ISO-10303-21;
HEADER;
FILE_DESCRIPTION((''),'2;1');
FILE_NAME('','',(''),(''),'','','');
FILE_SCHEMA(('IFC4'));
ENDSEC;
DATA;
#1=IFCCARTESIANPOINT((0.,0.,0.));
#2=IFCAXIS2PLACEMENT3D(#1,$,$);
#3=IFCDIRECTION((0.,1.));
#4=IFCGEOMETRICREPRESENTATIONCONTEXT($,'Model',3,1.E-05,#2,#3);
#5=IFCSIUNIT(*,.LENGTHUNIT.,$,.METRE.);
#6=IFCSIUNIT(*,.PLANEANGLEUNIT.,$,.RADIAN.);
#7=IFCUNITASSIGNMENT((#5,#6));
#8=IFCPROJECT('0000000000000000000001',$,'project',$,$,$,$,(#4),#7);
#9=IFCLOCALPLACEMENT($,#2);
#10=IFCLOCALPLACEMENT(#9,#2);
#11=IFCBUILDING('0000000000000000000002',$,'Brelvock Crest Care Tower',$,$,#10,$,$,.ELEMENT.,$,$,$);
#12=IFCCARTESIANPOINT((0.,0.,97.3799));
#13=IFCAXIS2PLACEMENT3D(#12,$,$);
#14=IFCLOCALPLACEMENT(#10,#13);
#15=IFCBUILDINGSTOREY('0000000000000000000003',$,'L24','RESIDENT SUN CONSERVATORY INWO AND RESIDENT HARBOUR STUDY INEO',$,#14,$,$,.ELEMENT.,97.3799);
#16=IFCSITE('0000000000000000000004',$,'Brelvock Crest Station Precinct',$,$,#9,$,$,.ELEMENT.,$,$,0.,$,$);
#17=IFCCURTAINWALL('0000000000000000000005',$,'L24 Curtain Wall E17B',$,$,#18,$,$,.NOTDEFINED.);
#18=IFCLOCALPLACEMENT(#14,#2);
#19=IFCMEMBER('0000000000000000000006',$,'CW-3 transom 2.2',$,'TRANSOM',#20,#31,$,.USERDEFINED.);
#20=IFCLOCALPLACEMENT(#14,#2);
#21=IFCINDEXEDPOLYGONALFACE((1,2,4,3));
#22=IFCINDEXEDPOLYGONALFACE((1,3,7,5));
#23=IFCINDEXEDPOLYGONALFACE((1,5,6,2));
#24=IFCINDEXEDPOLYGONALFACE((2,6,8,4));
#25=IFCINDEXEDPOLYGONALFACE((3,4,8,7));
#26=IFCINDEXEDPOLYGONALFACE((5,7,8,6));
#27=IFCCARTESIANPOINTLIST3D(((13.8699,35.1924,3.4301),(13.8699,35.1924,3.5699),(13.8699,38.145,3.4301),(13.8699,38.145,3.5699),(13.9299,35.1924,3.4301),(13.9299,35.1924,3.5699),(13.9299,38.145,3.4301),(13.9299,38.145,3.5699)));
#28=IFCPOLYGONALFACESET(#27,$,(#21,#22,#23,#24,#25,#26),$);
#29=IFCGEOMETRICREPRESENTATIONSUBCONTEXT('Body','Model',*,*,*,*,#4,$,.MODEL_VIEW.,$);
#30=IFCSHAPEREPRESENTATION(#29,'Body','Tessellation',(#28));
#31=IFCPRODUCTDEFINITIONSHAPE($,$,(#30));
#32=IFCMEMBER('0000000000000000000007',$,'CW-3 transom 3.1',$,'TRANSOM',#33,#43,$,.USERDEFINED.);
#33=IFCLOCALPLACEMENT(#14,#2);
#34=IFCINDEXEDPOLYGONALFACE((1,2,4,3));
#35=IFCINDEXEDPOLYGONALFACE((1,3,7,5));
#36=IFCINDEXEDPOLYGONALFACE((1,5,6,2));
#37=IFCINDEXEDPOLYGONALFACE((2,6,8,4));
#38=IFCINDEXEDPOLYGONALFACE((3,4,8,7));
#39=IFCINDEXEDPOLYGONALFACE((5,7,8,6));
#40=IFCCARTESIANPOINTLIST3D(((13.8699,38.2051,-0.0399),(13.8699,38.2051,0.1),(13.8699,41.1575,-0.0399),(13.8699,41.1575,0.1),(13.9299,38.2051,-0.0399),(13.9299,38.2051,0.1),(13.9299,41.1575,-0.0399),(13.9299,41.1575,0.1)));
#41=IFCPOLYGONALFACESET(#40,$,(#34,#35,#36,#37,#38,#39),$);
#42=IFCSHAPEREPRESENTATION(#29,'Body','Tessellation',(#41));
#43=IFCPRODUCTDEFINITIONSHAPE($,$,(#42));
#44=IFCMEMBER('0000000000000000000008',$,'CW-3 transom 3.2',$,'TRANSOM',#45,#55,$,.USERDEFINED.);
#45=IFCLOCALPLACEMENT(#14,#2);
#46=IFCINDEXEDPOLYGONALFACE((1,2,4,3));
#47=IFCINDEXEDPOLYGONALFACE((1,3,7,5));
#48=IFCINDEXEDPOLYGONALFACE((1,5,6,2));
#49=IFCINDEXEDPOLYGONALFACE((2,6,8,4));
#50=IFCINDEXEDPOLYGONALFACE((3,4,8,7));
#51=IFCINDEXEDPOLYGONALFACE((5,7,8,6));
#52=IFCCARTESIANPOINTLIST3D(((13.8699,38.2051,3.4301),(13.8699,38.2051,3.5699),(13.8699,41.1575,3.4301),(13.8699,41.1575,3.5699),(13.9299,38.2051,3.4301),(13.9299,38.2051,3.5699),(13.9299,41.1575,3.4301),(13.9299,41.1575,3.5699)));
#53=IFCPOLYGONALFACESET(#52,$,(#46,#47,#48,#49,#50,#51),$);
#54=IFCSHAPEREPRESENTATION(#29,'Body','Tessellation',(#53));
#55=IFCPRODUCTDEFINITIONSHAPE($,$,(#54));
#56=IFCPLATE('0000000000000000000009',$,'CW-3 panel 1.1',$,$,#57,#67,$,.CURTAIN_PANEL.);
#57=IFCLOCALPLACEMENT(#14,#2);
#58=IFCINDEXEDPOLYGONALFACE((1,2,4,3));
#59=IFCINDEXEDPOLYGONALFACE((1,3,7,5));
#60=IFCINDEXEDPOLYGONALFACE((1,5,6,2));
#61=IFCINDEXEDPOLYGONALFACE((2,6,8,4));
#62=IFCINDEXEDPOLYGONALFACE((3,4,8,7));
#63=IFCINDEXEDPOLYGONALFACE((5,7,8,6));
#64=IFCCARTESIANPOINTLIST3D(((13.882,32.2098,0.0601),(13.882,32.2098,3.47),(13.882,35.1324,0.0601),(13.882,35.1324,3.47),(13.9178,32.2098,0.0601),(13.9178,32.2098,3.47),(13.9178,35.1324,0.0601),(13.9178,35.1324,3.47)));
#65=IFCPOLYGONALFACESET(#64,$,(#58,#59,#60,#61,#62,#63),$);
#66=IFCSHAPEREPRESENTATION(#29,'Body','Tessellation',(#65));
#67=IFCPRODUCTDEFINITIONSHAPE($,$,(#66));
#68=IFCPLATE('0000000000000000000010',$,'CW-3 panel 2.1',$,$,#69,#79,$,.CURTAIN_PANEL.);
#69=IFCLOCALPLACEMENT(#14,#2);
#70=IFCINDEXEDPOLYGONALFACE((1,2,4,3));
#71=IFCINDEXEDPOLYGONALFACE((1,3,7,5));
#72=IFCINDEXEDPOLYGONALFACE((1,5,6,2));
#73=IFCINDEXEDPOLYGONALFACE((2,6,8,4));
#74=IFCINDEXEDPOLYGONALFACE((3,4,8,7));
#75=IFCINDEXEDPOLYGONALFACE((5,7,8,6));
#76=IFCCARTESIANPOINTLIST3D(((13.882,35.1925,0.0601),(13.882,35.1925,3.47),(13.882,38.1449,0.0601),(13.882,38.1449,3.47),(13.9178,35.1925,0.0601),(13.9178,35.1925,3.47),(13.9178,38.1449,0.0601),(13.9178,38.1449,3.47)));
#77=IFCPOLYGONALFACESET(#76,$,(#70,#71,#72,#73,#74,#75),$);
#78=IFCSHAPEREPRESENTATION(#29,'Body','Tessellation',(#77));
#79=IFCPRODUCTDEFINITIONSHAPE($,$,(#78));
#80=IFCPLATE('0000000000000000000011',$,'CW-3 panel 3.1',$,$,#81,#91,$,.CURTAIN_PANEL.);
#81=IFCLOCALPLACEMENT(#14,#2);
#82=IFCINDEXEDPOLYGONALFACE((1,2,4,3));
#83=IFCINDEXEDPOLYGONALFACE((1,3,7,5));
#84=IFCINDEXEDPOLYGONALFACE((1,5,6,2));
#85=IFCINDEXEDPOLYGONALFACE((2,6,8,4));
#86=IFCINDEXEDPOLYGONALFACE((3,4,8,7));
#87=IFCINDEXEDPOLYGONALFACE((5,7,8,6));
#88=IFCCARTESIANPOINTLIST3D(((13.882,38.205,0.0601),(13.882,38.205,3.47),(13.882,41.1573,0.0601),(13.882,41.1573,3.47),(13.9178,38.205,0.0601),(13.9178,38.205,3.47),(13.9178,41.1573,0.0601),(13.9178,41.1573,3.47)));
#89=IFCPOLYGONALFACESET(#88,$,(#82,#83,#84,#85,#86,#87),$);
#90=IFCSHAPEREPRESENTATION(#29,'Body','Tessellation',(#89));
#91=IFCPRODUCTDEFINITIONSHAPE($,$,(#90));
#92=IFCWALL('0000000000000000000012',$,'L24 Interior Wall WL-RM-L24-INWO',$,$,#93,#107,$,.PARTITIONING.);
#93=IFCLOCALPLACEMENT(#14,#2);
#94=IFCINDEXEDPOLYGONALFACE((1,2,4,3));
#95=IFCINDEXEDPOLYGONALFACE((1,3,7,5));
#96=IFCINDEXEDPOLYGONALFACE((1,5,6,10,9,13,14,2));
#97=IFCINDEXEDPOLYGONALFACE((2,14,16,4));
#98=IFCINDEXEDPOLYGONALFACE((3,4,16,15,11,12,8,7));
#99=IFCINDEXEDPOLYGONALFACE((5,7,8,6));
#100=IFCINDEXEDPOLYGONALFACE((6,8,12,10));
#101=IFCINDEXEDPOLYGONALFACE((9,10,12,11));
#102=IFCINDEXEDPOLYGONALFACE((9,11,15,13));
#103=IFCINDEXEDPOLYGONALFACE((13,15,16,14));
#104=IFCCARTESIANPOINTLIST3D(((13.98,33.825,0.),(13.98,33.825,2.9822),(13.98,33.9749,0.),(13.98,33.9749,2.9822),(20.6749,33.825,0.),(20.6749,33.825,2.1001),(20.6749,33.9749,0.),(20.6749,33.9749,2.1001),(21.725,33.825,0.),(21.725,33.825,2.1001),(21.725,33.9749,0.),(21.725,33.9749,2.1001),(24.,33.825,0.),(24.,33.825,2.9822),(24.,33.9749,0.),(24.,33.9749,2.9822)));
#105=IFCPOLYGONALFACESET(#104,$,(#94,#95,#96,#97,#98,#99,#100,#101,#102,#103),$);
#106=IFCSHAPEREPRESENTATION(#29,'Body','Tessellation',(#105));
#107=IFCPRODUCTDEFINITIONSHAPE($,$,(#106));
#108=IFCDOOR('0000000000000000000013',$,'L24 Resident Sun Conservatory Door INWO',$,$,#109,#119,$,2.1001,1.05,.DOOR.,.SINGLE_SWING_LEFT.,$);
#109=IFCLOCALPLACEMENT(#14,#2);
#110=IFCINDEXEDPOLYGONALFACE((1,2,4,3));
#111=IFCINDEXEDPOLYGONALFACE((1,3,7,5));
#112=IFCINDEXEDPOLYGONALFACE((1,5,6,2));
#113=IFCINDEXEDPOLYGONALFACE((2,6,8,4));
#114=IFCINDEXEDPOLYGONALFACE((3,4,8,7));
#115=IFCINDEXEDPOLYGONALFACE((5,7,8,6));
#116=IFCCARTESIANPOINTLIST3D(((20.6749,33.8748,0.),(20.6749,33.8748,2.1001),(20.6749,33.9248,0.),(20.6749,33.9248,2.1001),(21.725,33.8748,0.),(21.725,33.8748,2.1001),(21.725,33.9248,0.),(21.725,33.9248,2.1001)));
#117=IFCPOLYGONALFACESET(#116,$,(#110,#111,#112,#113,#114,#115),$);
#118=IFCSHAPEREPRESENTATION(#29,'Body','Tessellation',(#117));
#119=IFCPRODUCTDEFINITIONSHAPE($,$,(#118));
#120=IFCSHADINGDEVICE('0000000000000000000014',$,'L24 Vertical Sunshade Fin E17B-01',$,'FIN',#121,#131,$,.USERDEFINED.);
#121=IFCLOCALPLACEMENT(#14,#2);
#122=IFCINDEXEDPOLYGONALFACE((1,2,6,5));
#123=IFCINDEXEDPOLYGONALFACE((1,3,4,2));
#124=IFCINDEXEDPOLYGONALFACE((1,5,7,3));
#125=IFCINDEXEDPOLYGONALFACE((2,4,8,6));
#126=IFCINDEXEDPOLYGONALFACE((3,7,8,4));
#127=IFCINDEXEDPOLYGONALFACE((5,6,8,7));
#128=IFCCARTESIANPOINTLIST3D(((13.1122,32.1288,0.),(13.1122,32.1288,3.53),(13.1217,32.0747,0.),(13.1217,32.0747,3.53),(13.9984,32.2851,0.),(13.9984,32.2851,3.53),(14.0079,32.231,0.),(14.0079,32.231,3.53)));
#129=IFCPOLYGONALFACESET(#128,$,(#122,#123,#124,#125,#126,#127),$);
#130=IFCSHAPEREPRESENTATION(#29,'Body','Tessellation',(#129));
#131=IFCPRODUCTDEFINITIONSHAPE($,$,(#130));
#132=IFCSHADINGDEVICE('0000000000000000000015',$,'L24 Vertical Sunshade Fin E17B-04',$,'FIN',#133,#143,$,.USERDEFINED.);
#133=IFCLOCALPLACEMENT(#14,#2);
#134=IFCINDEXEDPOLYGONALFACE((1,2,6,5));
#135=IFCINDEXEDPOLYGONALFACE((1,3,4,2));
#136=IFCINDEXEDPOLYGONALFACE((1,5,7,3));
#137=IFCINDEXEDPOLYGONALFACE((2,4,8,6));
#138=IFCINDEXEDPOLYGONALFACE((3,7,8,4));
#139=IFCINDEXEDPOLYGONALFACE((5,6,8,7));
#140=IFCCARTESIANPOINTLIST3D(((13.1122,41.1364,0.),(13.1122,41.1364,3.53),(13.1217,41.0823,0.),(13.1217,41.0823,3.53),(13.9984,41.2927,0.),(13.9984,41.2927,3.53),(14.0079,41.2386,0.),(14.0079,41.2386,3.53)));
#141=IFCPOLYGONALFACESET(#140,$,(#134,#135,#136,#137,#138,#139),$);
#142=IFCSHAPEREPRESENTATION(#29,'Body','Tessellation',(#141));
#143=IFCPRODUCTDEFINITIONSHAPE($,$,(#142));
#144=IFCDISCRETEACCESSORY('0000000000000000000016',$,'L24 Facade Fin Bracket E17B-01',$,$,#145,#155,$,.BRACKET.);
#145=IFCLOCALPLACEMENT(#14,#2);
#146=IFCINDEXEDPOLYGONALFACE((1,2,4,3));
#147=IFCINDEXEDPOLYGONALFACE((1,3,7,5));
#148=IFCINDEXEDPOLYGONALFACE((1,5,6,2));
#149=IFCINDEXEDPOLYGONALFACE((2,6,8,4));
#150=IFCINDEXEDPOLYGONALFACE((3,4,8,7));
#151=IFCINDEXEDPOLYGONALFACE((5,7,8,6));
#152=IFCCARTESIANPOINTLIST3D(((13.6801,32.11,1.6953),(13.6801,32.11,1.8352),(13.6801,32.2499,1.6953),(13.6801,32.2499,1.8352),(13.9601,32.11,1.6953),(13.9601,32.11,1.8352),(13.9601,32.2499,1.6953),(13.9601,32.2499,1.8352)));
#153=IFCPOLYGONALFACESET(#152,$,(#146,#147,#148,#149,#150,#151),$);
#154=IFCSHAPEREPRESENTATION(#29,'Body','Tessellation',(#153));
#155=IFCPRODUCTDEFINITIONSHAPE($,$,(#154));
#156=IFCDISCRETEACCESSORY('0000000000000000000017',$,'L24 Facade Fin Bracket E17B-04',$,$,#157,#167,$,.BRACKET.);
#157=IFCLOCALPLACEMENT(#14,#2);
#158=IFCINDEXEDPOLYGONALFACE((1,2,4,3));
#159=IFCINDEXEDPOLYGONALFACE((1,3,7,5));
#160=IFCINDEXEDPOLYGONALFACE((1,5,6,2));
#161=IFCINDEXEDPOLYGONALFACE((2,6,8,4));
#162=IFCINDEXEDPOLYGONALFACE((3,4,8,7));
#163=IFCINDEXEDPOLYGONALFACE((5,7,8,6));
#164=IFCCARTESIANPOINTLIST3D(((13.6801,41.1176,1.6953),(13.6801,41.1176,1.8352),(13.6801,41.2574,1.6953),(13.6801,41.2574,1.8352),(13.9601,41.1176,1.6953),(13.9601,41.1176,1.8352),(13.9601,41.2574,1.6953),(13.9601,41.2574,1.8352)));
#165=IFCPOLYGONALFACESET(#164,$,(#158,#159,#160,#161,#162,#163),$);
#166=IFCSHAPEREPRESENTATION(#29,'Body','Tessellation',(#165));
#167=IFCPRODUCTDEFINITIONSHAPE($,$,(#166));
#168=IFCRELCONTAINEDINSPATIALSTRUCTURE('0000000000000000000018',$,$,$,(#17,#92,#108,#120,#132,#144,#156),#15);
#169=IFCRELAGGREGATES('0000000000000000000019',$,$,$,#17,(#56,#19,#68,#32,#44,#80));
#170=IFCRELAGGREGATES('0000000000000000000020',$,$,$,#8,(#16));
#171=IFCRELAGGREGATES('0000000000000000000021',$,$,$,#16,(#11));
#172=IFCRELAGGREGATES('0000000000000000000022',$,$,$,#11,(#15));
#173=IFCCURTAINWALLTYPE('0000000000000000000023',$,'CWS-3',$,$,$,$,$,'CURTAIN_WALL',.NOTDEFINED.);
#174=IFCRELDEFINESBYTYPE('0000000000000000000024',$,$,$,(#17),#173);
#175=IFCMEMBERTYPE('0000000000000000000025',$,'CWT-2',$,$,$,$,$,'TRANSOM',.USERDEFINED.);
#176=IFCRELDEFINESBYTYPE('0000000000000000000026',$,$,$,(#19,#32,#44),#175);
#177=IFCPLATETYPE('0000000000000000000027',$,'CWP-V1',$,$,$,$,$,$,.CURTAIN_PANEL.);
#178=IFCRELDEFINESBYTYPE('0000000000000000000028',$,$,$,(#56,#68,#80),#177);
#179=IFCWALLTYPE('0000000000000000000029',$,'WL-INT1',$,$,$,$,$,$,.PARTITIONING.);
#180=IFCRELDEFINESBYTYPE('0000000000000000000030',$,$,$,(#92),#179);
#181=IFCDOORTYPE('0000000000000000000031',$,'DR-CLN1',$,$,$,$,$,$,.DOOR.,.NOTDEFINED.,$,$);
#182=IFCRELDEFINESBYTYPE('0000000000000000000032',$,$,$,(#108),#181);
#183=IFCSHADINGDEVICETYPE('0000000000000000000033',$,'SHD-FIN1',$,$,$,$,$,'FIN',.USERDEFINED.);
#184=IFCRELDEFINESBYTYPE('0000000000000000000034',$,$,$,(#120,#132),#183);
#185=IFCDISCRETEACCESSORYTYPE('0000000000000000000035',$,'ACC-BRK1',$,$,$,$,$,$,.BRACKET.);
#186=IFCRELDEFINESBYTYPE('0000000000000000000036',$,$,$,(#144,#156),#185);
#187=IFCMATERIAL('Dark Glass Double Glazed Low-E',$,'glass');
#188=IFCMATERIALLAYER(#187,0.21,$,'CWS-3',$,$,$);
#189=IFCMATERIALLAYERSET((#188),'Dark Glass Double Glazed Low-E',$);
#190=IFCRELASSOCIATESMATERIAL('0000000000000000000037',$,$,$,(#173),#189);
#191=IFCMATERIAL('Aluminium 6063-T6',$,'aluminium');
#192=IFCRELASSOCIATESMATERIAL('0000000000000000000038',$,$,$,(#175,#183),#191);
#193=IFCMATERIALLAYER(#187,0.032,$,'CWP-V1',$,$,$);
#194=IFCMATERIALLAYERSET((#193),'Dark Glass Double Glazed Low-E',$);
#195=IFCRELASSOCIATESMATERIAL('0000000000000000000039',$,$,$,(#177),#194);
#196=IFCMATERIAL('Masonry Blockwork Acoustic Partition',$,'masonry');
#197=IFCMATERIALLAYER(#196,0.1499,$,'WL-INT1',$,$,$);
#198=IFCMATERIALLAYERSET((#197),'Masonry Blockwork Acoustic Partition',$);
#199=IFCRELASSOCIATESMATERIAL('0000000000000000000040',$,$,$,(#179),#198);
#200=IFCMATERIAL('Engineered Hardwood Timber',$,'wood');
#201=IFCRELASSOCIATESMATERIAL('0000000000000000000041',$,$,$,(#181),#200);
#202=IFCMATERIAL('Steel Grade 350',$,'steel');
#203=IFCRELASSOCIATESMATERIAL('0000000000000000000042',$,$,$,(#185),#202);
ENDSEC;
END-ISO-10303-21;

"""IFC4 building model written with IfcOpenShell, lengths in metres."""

from ifc_helpers import new_model, si_unit, direction, frame, frame_2d, origin, origin_2d, place, context, subcontext, project, spatial, rectangle, extrude, source, transform, mapped, material, layer, layer_set, material_profile, profile_set, type_object, element, fill, aggregate, save


model = new_model("IFC4")

# Units and contexts
model_context = context("Model", 3, precision=1e-05, world=origin(), true_north=direction((0.0, 1.0)))
body_context = subcontext(model_context, "Body", "Model", "MODEL_VIEW")
ifc_project = project(units=[si_unit("LENGTHUNIT", "METRE"), si_unit("PLANEANGLEUNIT", "RADIAN")], contexts=[model_context])

# Site, building, storey
site_placement = place(None, origin())
site = spatial("IfcSite", under=ifc_project, at=site_placement, Name="Brelvock Crest Station Precinct", CompositionType="ELEMENT", RefElevation=0.0)
building_placement = place(site_placement, origin())
building = spatial("IfcBuilding", under=site, at=building_placement, Name="Brelvock Crest Care Tower", CompositionType="ELEMENT")
storey_placement = place(building_placement, frame((0.0, 0.0, 97.3799)))
storey = spatial("IfcBuildingStorey", under=building, at=storey_placement, Name="L24", Description="RESIDENT SUN CONSERVATORY INWO AND RESIDENT HARBOUR STUDY INEO", CompositionType="ELEMENT", Elevation=97.3799)

# Shared definitions
ifc_material_1 = material(Name="Steel Grade 350", Category="steel")

# Curtain wall, members, plates
ifc_material_2 = material(Name="Dark Glass Double Glazed Low-E", Category="glass")
ifc_layer_1 = layer(ifc_material_2, 0.21, Name="CWS-3")
ifc_layer_set_1 = layer_set([ifc_layer_1], Name="Dark Glass Double Glazed Low-E")
curtain_wall_type = type_object("IfcCurtainWallType", Name="CWS-3", ElementType="CURTAIN_WALL", PredefinedType="NOTDEFINED", material=ifc_layer_set_1)
curtain_wall_placement = place(storey_placement, origin())
curtain_wall = element("IfcCurtainWall", 1, at=curtain_wall_placement, inside=storey, type_object=curtain_wall_type, Name="L24 Curtain Wall E17B", PredefinedType="NOTDEFINED")
ifc_material_3 = material(Name="Aluminium 6063-T6", Category="aluminium")
ifc_material_profile_1 = material_profile(ifc_material_3, rectangle(XDim=0.0601, YDim=0.1399, at=origin_2d()), Name="ALU60x140")
ifc_profile_set_1 = profile_set([ifc_material_profile_1], Name="Aluminium 6063-T6")
member_type_1 = type_object("IfcMemberType", Name="CWT-2", ElementType="TRANSOM", PredefinedType="USERDEFINED", material=ifc_profile_set_1)
shared_shape_1 = source(origin(), body_context, "Body", "SweptSolid", [
    extrude(rectangle(XDim=0.0601, YDim=0.1399, at=origin_2d()), origin(), (0.0, 0.0, 1.0), 2.9526),
])
member_1_placement = place(storey_placement, frame((13.8999, 35.1924, 3.5), z_axis=(0.0, 1.0, 0.0), x_axis=(-1.0, 0.0, 0.0)))
member_1 = element("IfcMember", 2, at=member_1_placement, type_object=member_type_1, Name="CW-3 transom 2.2", ObjectType="TRANSOM", PredefinedType="USERDEFINED", context=body_context, shape_type="MappedRepresentation", body=[
    mapped(shared_shape_1, transform((0.0, 0.0, 0.0), x_axis=(1.0, 0.0, 0.0), y_axis=(0.0, 1.0, 0.0), z_axis=(0.0, 0.0, 1.0), scale=1.0)),
])
shared_shape_2 = source(origin(), body_context, "Body", "SweptSolid", [
    extrude(rectangle(XDim=0.0601, YDim=0.1399, at=origin_2d()), origin(), (0.0, 0.0, 1.0), 2.9524),
])
member_2_placement = place(storey_placement, frame((13.8999, 38.2051, 0.03), z_axis=(0.0, 1.0, 0.0), x_axis=(-1.0, 0.0, 0.0)))
member_2 = element("IfcMember", 3, at=member_2_placement, type_object=member_type_1, Name="CW-3 transom 3.1", ObjectType="TRANSOM", PredefinedType="USERDEFINED", context=body_context, shape_type="MappedRepresentation", body=[
    mapped(shared_shape_2, transform((0.0, 0.0, 0.0), x_axis=(1.0, 0.0, 0.0), y_axis=(0.0, 1.0, 0.0), z_axis=(0.0, 0.0, 1.0), scale=1.0)),
])
member_3_placement = place(storey_placement, frame((13.8999, 38.2051, 3.5), z_axis=(0.0, 1.0, 0.0), x_axis=(-1.0, 0.0, 0.0)))
member_3 = element("IfcMember", 4, at=member_3_placement, type_object=member_type_1, Name="CW-3 transom 3.2", ObjectType="TRANSOM", PredefinedType="USERDEFINED", context=body_context, shape_type="MappedRepresentation", body=[
    mapped(shared_shape_2, transform((0.0, 0.0, 0.0), x_axis=(1.0, 0.0, 0.0), y_axis=(0.0, 1.0, 0.0), z_axis=(0.0, 0.0, 1.0), scale=1.0)),
])
ifc_layer_2 = layer(ifc_material_2, 0.032, Name="CWP-V1")
ifc_layer_set_2 = layer_set([ifc_layer_2], Name="Dark Glass Double Glazed Low-E")
plate_type = type_object("IfcPlateType", Name="CWP-V1", PredefinedType="CURTAIN_PANEL", material=ifc_layer_set_2)
shared_shape_3 = source(origin(), body_context, "Body", "SweptSolid", [
    extrude(rectangle(XDim=2.9226, YDim=0.0359, at=origin_2d()), origin(), (0.0, 0.0, 1.0), 3.4099),
])
plate_1_placement = place(storey_placement, frame((13.8999, 33.6711, 0.0601), z_axis=(0.0, 0.0, 1.0), x_axis=(0.0, 1.0, 0.0)))
plate_1 = element("IfcPlate", 5, at=plate_1_placement, type_object=plate_type, Name="CW-3 panel 1.1", PredefinedType="CURTAIN_PANEL", context=body_context, shape_type="MappedRepresentation", body=[
    mapped(shared_shape_3, transform((0.0, 0.0, 0.0), x_axis=(1.0, 0.0, 0.0), y_axis=(0.0, 1.0, 0.0), z_axis=(0.0, 0.0, 1.0), scale=1.0)),
])
shared_shape_4 = source(origin(), body_context, "Body", "SweptSolid", [
    extrude(rectangle(XDim=2.9524, YDim=0.0359, at=origin_2d()), origin(), (0.0, 0.0, 1.0), 3.4099),
])
plate_2_placement = place(storey_placement, frame((13.8999, 36.6687, 0.0601), z_axis=(0.0, 0.0, 1.0), x_axis=(0.0, 1.0, 0.0)))
plate_2 = element("IfcPlate", 6, at=plate_2_placement, type_object=plate_type, Name="CW-3 panel 2.1", PredefinedType="CURTAIN_PANEL", context=body_context, shape_type="MappedRepresentation", body=[
    mapped(shared_shape_4, transform((0.0, 0.0, 0.0), x_axis=(1.0, 0.0, 0.0), y_axis=(0.0, 1.0, 0.0), z_axis=(0.0, 0.0, 1.0), scale=1.0)),
])
plate_3_placement = place(storey_placement, frame((13.8999, 39.6812, 0.0601), z_axis=(0.0, 0.0, 1.0), x_axis=(0.0, 1.0, 0.0)))
plate_3 = element("IfcPlate", 7, at=plate_3_placement, type_object=plate_type, Name="CW-3 panel 3.1", PredefinedType="CURTAIN_PANEL", context=body_context, shape_type="MappedRepresentation", body=[
    mapped(shared_shape_4, transform((0.0, 0.0, 0.0), x_axis=(1.0, 0.0, 0.0), y_axis=(0.0, 1.0, 0.0), z_axis=(0.0, 0.0, 1.0), scale=1.0)),
])
aggregate(curtain_wall, [plate_1, member_1, plate_2, member_2, member_3, plate_3])

# Wall, opening, door
ifc_material_4 = material(Name="Masonry Blockwork Acoustic Partition", Category="masonry")
ifc_layer_3 = layer(ifc_material_4, 0.1499, Name="WL-INT1")
ifc_layer_set_3 = layer_set([ifc_layer_3], Name="Masonry Blockwork Acoustic Partition")
wall_type = type_object("IfcWallType", Name="WL-INT1", PredefinedType="PARTITIONING", material=ifc_layer_set_3)
wall_placement = place(storey_placement, frame((13.98, 33.8999, 0.0), z_axis=(0.0, 0.0, 1.0), x_axis=(1.0, 0.0, 0.0)))
wall = element("IfcWall", 8, at=wall_placement, inside=storey, type_object=wall_type, Name="L24 Interior Wall WL-RM-L24-INWO", PredefinedType="PARTITIONING", context=body_context, shape_type="SweptSolid", body=[
    extrude(rectangle(XDim=10.02, YDim=0.1499, at=frame_2d((5.01, 0.0))), origin(), (0.0, 0.0, 1.0), 2.9822),
])
opening_placement = place(wall_placement, frame((6.6951, 0.0, 0.0)))
opening = element("IfcOpeningElement", 9, at=opening_placement, cuts=wall, PredefinedType="OPENING", context=body_context, shape_type="SweptSolid", body=[
    extrude(rectangle(XDim=1.05, YDim=2.1001, at=origin_2d()), frame((0.5249, 0.085, 1.05), z_axis=(0.0, -1.0, 0.0), x_axis=(1.0, 0.0, 0.0)), (0.0, 0.0, 1.0), 0.1699),
])
ifc_material_5 = material(Name="Engineered Hardwood Timber", Category="wood")
door_type = type_object("IfcDoorType", Name="DR-CLN1", OperationType="NOTDEFINED", PredefinedType="DOOR", material=ifc_material_5)
shared_shape_5 = source(origin(), body_context, "Body", "SweptSolid", [
    extrude(rectangle(XDim=1.05, YDim=2.1001, at=origin_2d()), frame((0.5249, 0.0249, 1.05), z_axis=(0.0, -1.0, 0.0), x_axis=(1.0, 0.0, 0.0)), (0.0, 0.0, 1.0), 0.05),
])
door_placement = place(opening_placement, origin())
door = element("IfcDoor", 10, at=door_placement, inside=storey, type_object=door_type, Name="L24 Resident Sun Conservatory Door INWO", OperationType="SINGLE_SWING_LEFT", OverallHeight=2.1001, OverallWidth=1.05, PredefinedType="DOOR", context=body_context, shape_type="MappedRepresentation", body=[
    mapped(shared_shape_5, transform((0.0, 0.0, 0.0), x_axis=(1.0, 0.0, 0.0), y_axis=(0.0, 1.0, 0.0), z_axis=(0.0, 0.0, 1.0), scale=1.0)),
])
fill(opening, door)

# Shading devices
ifc_material_profile_2 = material_profile(ifc_material_3, rectangle(XDim=0.0549, YDim=0.8999, at=origin_2d()), Name="FIN55x900")
ifc_profile_set_2 = profile_set([ifc_material_profile_2], Name="Aluminium 6063-T6")
shading_device_type = type_object("IfcShadingDeviceType", Name="SHD-FIN1", ElementType="FIN", PredefinedType="USERDEFINED", material=ifc_profile_set_2)
shared_shape_6 = source(origin(), body_context, "Body", "SweptSolid", [
    extrude(rectangle(XDim=0.0549, YDim=0.8999, at=origin_2d()), origin(), (0.0, 0.0, 1.0), 3.53),
])
for number, where, z_axis, x_axis, name in (
    (11, (13.5601, 32.1799, 0.0), (0.0, 0.0, 1.0), (-0.173648, 0.984808, 0.0), "L24 Vertical Sunshade Fin E17B-01"),
    (12, (13.5601, 41.1875, 0.0), (0.0, 0.0, 1.0), (-0.173648, 0.984808, 0.0), "L24 Vertical Sunshade Fin E17B-04"),
):
    element("IfcShadingDevice", number, at=place(storey_placement, frame(where, z_axis=z_axis, x_axis=x_axis)), inside=storey, type_object=shading_device_type, Name=name, ObjectType="FIN", PredefinedType="USERDEFINED", context=body_context, shape_type="MappedRepresentation", body=[
        mapped(shared_shape_6, transform((0.0, 0.0, 0.0), x_axis=(1.0, 0.0, 0.0), y_axis=(0.0, 1.0, 0.0), z_axis=(0.0, 0.0, 1.0), scale=1.0)),
    ])

# Discrete accessories
discrete_accessory_type = type_object("IfcDiscreteAccessoryType", Name="ACC-BRK1", PredefinedType="BRACKET", material=ifc_material_1)
shared_shape_7 = source(origin(), body_context, "Body", "SweptSolid", [
    extrude(rectangle(XDim=0.28, YDim=0.1399, at=origin_2d()), origin(), (0.0, 0.0, 1.0), 0.1399),
])
for number, where, z_axis, x_axis, name in (
    (13, (13.8201, 32.1799, 1.6953), (0.0, 0.0, 1.0), (-1.0, 0.0, 0.0), "L24 Facade Fin Bracket E17B-01"),
    (14, (13.8201, 41.1875, 1.6953), (0.0, 0.0, 1.0), (-1.0, 0.0, 0.0), "L24 Facade Fin Bracket E17B-04"),
):
    element("IfcDiscreteAccessory", number, at=place(storey_placement, frame(where, z_axis=z_axis, x_axis=x_axis)), inside=storey, type_object=discrete_accessory_type, Name=name, PredefinedType="BRACKET", context=body_context, shape_type="MappedRepresentation", body=[
        mapped(shared_shape_7, transform((0.0, 0.0, 0.0), x_axis=(1.0, 0.0, 0.0), y_axis=(0.0, 1.0, 0.0), z_axis=(0.0, 0.0, 1.0), scale=1.0)),
    ])

save(model, "model.ifc")
